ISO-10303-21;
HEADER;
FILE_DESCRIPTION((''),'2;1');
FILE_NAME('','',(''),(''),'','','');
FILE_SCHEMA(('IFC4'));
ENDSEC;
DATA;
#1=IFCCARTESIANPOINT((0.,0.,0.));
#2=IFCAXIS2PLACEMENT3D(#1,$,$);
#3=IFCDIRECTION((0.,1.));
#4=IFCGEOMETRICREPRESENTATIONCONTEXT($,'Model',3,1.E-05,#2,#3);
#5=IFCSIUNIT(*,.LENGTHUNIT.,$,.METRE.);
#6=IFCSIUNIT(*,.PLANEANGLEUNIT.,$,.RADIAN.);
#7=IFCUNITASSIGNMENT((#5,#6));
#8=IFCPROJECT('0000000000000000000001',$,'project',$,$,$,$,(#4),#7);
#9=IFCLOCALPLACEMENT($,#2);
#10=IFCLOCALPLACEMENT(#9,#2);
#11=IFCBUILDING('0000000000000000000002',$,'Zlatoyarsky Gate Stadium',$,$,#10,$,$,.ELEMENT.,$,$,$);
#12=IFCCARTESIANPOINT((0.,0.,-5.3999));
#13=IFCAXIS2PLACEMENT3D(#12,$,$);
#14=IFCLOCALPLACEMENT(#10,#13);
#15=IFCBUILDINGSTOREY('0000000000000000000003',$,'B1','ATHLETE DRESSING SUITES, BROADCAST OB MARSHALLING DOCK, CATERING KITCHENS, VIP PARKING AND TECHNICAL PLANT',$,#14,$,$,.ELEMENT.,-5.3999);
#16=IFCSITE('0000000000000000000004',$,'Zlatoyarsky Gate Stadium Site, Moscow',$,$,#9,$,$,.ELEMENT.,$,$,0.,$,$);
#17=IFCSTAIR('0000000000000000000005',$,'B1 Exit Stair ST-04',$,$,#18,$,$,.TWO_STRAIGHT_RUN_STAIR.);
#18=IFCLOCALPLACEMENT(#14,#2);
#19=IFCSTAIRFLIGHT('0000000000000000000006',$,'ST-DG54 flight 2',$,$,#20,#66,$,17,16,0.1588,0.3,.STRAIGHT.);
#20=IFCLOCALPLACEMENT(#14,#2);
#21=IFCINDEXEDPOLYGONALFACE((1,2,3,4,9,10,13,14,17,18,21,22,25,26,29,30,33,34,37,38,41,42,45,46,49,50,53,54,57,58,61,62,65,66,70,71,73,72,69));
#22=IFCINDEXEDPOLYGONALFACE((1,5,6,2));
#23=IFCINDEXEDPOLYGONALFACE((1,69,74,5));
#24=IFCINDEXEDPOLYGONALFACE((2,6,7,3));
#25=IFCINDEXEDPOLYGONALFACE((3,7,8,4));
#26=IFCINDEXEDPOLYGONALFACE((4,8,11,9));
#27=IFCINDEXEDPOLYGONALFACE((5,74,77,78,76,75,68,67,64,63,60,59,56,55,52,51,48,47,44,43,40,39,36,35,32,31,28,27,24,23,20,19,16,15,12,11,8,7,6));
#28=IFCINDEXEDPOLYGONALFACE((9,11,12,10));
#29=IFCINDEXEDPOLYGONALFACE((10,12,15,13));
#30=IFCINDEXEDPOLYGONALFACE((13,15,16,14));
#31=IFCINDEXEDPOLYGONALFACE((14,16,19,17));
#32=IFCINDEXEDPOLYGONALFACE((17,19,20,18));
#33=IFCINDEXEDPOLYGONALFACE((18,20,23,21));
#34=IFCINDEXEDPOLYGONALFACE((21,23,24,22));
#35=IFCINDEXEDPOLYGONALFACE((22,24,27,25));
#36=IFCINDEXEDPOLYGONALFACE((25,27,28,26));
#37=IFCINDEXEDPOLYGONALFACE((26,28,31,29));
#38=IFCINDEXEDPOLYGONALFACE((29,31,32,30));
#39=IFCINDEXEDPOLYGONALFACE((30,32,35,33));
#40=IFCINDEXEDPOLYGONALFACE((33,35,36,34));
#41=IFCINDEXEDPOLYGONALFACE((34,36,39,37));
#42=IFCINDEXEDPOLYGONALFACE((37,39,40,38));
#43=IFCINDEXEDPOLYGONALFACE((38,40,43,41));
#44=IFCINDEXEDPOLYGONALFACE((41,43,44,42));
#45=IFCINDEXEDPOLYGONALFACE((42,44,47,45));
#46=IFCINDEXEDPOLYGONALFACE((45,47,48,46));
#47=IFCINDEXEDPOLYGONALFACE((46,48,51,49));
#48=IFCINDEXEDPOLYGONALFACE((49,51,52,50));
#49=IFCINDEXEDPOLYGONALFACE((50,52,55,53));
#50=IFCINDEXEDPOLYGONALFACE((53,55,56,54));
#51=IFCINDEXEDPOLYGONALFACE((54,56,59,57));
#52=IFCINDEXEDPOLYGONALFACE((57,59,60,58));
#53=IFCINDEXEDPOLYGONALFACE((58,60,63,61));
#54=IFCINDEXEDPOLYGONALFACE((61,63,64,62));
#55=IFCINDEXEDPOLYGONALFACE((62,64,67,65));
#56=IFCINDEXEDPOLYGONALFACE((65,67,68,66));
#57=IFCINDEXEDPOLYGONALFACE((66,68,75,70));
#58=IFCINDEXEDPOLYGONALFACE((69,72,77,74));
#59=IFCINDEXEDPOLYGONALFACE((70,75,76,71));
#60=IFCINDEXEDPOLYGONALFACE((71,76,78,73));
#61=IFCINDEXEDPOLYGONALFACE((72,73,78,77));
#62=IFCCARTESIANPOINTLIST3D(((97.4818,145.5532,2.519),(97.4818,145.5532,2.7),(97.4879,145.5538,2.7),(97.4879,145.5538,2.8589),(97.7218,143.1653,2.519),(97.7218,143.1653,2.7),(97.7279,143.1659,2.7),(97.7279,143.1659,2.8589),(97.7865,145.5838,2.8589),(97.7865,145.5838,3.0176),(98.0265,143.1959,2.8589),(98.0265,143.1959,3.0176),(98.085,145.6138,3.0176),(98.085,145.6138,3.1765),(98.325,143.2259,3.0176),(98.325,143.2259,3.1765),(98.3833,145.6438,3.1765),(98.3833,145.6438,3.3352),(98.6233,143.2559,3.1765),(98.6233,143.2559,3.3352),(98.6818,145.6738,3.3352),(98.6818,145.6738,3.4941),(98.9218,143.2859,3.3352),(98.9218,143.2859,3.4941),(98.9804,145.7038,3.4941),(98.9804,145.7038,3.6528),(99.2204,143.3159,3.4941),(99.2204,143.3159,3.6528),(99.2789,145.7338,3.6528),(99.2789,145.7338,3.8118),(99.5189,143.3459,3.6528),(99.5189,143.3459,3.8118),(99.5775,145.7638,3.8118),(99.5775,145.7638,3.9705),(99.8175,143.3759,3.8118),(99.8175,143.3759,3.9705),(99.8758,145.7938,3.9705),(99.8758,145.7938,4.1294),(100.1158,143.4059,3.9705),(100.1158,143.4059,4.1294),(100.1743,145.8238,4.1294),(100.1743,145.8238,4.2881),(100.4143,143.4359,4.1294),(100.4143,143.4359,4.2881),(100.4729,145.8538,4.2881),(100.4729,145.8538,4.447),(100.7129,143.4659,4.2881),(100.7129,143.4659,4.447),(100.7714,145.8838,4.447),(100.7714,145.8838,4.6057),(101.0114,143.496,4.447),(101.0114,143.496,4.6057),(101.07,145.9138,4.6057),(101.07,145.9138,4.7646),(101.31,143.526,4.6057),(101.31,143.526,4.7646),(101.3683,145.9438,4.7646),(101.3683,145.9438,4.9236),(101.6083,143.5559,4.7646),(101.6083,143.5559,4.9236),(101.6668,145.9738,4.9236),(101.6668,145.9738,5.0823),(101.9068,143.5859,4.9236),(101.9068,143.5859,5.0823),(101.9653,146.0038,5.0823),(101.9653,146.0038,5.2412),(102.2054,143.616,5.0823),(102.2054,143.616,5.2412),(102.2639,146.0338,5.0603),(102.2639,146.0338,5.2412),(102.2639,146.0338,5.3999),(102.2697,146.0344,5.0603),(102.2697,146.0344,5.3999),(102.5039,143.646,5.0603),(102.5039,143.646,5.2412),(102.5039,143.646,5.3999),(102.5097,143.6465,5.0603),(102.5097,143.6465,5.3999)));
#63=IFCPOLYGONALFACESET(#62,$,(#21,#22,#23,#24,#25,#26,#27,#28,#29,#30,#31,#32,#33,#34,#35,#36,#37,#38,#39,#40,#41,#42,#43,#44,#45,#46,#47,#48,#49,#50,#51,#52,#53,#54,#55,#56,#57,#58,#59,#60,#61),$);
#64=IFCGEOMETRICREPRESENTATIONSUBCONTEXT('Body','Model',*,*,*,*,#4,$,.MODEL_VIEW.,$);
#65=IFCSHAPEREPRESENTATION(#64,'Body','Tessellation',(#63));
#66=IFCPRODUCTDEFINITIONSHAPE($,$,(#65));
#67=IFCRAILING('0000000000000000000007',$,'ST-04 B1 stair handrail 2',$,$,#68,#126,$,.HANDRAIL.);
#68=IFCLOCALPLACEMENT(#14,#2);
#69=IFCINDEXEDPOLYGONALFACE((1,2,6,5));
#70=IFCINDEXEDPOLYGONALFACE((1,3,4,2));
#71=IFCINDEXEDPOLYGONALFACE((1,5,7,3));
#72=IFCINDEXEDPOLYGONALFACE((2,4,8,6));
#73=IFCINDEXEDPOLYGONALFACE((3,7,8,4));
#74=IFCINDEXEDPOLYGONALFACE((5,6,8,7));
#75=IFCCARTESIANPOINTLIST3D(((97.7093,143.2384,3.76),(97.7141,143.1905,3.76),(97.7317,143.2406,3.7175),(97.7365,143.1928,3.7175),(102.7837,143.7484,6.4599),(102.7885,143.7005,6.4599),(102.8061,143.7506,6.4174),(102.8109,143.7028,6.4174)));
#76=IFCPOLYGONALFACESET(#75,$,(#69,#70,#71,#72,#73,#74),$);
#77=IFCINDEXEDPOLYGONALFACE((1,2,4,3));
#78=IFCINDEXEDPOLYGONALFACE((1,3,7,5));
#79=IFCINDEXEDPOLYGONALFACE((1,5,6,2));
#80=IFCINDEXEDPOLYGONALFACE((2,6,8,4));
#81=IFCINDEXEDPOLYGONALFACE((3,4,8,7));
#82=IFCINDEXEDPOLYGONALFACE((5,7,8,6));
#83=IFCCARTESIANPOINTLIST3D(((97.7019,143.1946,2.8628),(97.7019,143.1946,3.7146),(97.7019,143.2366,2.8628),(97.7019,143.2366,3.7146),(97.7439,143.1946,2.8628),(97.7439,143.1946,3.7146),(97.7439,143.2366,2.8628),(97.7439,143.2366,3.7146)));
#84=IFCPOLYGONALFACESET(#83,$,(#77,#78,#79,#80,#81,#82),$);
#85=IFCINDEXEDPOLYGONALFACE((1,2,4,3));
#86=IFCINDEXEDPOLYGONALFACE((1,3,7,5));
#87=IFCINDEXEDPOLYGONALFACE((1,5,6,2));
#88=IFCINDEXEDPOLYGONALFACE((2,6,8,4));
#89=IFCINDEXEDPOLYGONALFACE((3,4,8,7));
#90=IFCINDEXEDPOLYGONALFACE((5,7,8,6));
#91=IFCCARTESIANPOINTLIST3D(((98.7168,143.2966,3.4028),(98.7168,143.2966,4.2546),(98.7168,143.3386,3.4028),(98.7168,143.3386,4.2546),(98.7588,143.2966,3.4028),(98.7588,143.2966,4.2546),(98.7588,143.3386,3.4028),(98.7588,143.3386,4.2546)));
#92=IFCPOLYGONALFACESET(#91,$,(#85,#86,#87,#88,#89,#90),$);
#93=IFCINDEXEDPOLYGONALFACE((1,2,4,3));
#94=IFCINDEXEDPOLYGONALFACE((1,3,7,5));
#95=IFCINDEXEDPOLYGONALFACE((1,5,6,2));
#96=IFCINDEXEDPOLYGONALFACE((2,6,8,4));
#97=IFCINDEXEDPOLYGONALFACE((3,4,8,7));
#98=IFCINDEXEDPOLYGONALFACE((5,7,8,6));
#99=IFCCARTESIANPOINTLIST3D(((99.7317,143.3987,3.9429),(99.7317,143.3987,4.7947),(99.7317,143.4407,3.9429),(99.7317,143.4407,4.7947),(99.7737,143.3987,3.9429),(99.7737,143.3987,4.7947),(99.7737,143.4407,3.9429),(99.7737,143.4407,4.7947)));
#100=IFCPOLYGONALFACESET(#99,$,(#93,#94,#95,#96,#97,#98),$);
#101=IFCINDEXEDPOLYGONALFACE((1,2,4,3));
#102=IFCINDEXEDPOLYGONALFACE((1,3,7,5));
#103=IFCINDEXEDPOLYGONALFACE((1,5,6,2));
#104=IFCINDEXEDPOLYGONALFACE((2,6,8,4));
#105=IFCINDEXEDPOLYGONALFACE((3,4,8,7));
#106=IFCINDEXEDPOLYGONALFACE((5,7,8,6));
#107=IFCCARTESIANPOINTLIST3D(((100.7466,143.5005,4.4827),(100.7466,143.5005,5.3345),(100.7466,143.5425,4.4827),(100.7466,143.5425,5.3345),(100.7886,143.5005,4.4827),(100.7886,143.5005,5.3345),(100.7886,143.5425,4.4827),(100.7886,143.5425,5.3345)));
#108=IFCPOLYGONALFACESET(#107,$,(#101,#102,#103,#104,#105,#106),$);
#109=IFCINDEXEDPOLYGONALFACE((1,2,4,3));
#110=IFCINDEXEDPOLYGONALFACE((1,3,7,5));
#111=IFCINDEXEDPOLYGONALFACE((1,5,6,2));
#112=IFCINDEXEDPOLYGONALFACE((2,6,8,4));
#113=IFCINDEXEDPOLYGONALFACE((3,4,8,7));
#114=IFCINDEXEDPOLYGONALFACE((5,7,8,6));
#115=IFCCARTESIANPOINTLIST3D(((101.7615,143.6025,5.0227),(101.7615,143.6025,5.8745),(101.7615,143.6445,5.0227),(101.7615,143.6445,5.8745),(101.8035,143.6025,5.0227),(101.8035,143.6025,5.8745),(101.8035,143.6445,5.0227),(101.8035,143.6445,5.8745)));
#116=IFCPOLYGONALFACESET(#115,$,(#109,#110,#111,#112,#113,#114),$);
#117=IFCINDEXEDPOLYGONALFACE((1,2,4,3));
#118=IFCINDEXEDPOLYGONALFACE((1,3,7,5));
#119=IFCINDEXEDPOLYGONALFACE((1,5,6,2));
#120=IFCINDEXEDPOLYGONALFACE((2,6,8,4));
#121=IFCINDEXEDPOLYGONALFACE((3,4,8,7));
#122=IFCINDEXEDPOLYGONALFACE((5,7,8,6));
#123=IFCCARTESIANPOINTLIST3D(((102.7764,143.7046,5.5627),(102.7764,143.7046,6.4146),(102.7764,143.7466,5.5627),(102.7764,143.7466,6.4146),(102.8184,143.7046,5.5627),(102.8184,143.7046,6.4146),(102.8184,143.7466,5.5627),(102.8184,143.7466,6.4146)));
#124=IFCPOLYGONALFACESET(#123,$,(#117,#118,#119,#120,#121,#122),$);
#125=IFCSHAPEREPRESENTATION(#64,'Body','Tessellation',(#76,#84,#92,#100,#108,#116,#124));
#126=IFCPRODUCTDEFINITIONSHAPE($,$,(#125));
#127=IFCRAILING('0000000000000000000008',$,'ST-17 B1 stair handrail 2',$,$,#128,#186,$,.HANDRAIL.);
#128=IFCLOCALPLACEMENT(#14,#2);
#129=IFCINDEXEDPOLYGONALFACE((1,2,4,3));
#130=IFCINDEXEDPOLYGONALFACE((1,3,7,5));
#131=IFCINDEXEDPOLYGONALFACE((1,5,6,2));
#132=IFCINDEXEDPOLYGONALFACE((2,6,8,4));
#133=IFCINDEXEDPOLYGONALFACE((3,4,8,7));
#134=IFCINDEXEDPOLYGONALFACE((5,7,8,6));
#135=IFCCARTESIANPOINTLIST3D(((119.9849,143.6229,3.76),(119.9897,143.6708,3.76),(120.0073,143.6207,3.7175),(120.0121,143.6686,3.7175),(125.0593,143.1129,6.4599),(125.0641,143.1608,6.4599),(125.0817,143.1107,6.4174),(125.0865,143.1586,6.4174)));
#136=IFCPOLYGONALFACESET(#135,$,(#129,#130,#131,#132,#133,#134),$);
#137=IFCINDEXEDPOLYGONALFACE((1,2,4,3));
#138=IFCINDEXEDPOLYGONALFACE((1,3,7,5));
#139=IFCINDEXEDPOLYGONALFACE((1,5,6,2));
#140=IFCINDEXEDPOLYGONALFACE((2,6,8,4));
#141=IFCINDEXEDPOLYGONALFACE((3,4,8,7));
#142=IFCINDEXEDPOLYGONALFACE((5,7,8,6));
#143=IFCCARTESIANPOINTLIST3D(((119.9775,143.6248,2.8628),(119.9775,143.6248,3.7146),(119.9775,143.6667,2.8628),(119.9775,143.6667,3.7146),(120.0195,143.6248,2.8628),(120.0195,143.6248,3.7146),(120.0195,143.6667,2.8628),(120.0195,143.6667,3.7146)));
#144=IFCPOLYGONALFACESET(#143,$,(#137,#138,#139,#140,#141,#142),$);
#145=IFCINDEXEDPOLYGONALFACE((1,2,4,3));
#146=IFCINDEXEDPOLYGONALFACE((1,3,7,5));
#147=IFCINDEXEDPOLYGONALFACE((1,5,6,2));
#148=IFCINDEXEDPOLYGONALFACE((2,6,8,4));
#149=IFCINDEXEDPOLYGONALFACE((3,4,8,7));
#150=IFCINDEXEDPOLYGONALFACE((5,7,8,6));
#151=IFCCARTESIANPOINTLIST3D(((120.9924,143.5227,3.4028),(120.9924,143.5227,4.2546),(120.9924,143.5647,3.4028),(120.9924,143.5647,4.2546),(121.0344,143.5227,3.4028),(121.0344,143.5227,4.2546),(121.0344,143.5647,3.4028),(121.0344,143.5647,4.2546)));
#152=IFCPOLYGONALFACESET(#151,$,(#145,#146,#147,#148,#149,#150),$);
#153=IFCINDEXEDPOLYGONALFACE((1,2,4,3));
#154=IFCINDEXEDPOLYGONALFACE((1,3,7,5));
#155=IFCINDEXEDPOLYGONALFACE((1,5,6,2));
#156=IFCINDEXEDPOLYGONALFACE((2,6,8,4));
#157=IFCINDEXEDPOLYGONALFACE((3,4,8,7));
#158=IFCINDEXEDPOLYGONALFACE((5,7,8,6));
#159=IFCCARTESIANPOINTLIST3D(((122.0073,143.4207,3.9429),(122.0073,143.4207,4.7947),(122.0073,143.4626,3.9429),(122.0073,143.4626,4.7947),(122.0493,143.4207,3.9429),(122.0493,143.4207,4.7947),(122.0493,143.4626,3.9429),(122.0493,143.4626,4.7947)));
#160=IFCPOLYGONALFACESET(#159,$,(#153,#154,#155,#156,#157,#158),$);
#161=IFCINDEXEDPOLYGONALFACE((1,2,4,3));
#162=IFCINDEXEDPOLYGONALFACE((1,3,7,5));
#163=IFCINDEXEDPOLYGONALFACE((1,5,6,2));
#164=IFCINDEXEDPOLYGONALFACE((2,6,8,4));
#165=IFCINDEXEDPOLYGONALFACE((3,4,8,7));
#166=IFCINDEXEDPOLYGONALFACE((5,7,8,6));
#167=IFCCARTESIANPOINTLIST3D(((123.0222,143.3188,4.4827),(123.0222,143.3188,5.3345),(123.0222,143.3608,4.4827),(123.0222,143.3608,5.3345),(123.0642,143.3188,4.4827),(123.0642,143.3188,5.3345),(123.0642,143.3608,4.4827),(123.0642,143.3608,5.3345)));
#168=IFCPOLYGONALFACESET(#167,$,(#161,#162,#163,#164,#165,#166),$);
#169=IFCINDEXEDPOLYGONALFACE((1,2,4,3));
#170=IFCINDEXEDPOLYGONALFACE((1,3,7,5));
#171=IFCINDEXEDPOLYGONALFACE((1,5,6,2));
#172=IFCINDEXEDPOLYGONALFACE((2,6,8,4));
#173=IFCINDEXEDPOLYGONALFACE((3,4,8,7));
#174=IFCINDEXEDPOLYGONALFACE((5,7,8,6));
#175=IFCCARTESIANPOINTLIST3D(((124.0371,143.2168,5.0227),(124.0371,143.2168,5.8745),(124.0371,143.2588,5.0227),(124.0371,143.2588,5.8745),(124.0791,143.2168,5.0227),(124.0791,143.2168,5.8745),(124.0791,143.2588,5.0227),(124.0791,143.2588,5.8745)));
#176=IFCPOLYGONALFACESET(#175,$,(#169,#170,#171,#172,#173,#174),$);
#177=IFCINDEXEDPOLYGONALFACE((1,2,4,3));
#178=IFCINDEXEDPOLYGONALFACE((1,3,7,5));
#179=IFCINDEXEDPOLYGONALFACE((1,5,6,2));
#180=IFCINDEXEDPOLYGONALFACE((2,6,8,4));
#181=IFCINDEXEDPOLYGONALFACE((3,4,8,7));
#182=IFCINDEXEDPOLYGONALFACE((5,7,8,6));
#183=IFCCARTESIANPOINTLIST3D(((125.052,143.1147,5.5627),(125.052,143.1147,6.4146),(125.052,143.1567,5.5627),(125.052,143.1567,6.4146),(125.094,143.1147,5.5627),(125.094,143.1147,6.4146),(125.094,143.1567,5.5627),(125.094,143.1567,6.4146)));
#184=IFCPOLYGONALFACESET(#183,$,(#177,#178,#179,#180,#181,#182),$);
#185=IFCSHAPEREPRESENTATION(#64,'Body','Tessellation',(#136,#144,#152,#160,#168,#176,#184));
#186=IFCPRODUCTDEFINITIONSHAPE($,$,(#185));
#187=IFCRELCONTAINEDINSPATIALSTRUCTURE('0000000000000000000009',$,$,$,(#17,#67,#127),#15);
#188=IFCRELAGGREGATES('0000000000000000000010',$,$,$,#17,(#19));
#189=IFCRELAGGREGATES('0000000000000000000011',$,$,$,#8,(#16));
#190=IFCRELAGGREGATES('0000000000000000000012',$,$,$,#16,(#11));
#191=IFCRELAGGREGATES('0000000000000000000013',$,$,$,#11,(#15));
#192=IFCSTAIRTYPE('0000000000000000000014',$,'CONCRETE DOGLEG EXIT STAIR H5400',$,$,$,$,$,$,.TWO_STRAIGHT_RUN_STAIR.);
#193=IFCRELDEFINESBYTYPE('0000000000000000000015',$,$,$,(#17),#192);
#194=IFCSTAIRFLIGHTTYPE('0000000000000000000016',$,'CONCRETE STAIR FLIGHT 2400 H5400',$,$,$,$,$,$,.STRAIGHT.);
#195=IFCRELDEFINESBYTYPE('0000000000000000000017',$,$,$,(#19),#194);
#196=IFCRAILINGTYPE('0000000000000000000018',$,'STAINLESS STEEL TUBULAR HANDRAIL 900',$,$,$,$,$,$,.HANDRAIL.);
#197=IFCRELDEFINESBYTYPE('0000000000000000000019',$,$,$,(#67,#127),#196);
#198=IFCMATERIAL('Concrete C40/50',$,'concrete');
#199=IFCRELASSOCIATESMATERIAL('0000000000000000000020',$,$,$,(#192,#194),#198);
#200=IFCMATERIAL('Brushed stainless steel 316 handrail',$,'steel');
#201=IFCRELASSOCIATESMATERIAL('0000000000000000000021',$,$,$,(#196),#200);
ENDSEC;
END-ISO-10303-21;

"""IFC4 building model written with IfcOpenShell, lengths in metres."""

from ifc_helpers import new_model, si_unit, direction, frame, origin, origin_2d, place, context, subcontext, project, spatial, polyline, rectangle, outline, extrude, material, type_object, element, aggregate, save


model = new_model("IFC4")

# Units and contexts
model_context = context("Model", 3, precision=1e-05, world=origin(), true_north=direction((0.0, 1.0)))
body_context = subcontext(model_context, "Body", "Model", "MODEL_VIEW")
ifc_project = project(units=[si_unit("LENGTHUNIT", "METRE"), si_unit("PLANEANGLEUNIT", "RADIAN")], contexts=[model_context])

# Site, building, storey
site_placement = place(None, origin())
site = spatial("IfcSite", under=ifc_project, at=site_placement, Name="Zlatoyarsky Gate Stadium Site, Moscow", CompositionType="ELEMENT", RefElevation=0.0)
building_placement = place(site_placement, origin())
building = spatial("IfcBuilding", under=site, at=building_placement, Name="Zlatoyarsky Gate Stadium", CompositionType="ELEMENT")
storey_placement = place(building_placement, frame((0.0, 0.0, -5.3999)))
storey = spatial("IfcBuildingStorey", under=building, at=storey_placement, Name="B1", Description="ATHLETE DRESSING SUITES, BROADCAST OB MARSHALLING DOCK, CATERING KITCHENS, VIP PARKING AND TECHNICAL PLANT", CompositionType="ELEMENT", Elevation=-5.3999)

# Shared definitions
ifc_material_1 = material(Name="Concrete C40/50", Category="concrete")

# Stair, stair flight
stair_type = type_object("IfcStairType", Name="CONCRETE DOGLEG EXIT STAIR H5400", PredefinedType="TWO_STRAIGHT_RUN_STAIR", material=ifc_material_1)
stair_placement = place(storey_placement, origin())
stair = element("IfcStair", 1, at=stair_placement, inside=storey, type_object=stair_type, Name="B1 Exit Stair ST-04", PredefinedType="TWO_STRAIGHT_RUN_STAIR")
stair_flight_type = type_object("IfcStairFlightType", Name="CONCRETE STAIR FLIGHT 2400 H5400", PredefinedType="STRAIGHT", material=ifc_material_1)
stair_flight_placement = place(storey_placement, frame((97.6079, 144.3599, 2.7), z_axis=(0.0, 0.0, 1.0), x_axis=(0.994987, 0.100006, 0.0)))
stair_flight = element("IfcStairFlight", 2, at=stair_flight_placement, type_object=stair_flight_type, Name="ST-DG54 flight 2", NumberOfRisers=17, NumberOfTreads=16, PredefinedType="STRAIGHT", RiserHeight=0.1588, TreadLength=0.3, context=body_context, shape_type="SweptSolid", body=[
    extrude(outline(polyline([(-0.0061, -0.1809), (-0.0061, 0.0), (0.0, 0.0), (0.0, 0.1589), (0.3, 0.1589), (0.3, 0.3176), (0.6001, 0.3176), (0.6001, 0.4766), (0.8999, 0.4766), (0.8999, 0.6353), (1.2, 0.6353), (1.2, 0.7942), (1.5, 0.7942), (1.5, 0.9529), (1.8, 0.9529), (1.8, 1.1118), (2.1001, 1.1118), (2.1001, 1.2705), (2.3999, 1.2705), (2.3999, 1.4294), (2.7, 1.4294), (2.7, 1.5881), (3.0, 1.5881), (3.0, 1.7471), (3.3, 1.7471), (3.3, 1.9058), (3.6001, 1.9058), (3.6001, 2.0647), (3.8999, 2.0647), (3.8999, 2.2236), (4.2, 2.2236), (4.2, 2.3823), (4.5, 2.3823), (4.5, 2.5413), (4.8, 2.5413), (4.8, 2.7), (4.8059, 2.7), (4.8059, 2.3604), (4.8, 2.3604), (-0.0061, -0.1809)])), frame((0.0, 1.2, 0.0), z_axis=(0.0, -1.0, 0.0), x_axis=(1.0, 0.0, 0.0)), (0.0, 0.0, 1.0), 2.3999),
])
aggregate(stair, [stair_flight])

# Railings
ifc_material_2 = material(Name="Brushed stainless steel 316 handrail", Category="steel")
railing_type = type_object("IfcRailingType", Name="STAINLESS STEEL TUBULAR HANDRAIL 900", PredefinedType="HANDRAIL", material=ifc_material_2)
railing_1_placement = place(storey_placement, frame((97.7229, 143.2156, 2.8628)))
element("IfcRailing", 3, at=railing_1_placement, inside=storey, type_object=railing_type, Name="ST-04 B1 stair handrail 2", PredefinedType="HANDRAIL", context=body_context, shape_type="SweptSolid", body=[
    extrude(rectangle(XDim=0.0481, YDim=0.0481, at=origin_2d()), frame((0.0, 0.0, 0.876), z_axis=(0.879362, 0.08838, 0.467879), x_axis=(-0.100001, 0.994987, 0.0)), (0.0, 0.0, 1.0), 5.7705),
    extrude(rectangle(XDim=0.042, YDim=0.042, at=origin_2d()), origin(), (0.0, 0.0, 1.0), 0.8518),
    extrude(rectangle(XDim=0.042, YDim=0.042, at=origin_2d()), frame((1.0149, 0.1021, 0.54)), (0.0, 0.0, 1.0), 0.8518),
    extrude(rectangle(XDim=0.042, YDim=0.042, at=origin_2d()), frame((2.0298, 0.2041, 1.0801)), (0.0, 0.0, 1.0), 0.8518),
    extrude(rectangle(XDim=0.042, YDim=0.042, at=origin_2d()), frame((3.0447, 0.3059, 1.6199)), (0.0, 0.0, 1.0), 0.8518),
    extrude(rectangle(XDim=0.042, YDim=0.042, at=origin_2d()), frame((4.0596, 0.408, 2.1599)), (0.0, 0.0, 1.0), 0.8518),
    extrude(rectangle(XDim=0.042, YDim=0.042, at=origin_2d()), frame((5.0745, 0.51, 2.7)), (0.0, 0.0, 1.0), 0.8518),
])
railing_2_placement = place(storey_placement, frame((119.9985, 143.6458, 2.8628)))
element("IfcRailing", 4, at=railing_2_placement, inside=storey, type_object=railing_type, Name="ST-17 B1 stair handrail 2", PredefinedType="HANDRAIL", context=body_context, shape_type="SweptSolid", body=[
    extrude(rectangle(XDim=0.0481, YDim=0.0481, at=origin_2d()), frame((0.0, 0.0, 0.876), z_axis=(0.879362, -0.08838, 0.467879), x_axis=(0.100001, 0.994987, 0.0)), (0.0, 0.0, 1.0), 5.7705),
    extrude(rectangle(XDim=0.042, YDim=0.042, at=origin_2d()), origin(), (0.0, 0.0, 1.0), 0.8518),
    extrude(rectangle(XDim=0.042, YDim=0.042, at=origin_2d()), frame((1.0149, -0.1021, 0.54)), (0.0, 0.0, 1.0), 0.8518),
    extrude(rectangle(XDim=0.042, YDim=0.042, at=origin_2d()), frame((2.0298, -0.2041, 1.0801)), (0.0, 0.0, 1.0), 0.8518),
    extrude(rectangle(XDim=0.042, YDim=0.042, at=origin_2d()), frame((3.0447, -0.3059, 1.6199)), (0.0, 0.0, 1.0), 0.8518),
    extrude(rectangle(XDim=0.042, YDim=0.042, at=origin_2d()), frame((4.0596, -0.408, 2.1599)), (0.0, 0.0, 1.0), 0.8518),
    extrude(rectangle(XDim=0.042, YDim=0.042, at=origin_2d()), frame((5.0745, -0.51, 2.7)), (0.0, 0.0, 1.0), 0.8518),
])

save(model, "model.ifc")
